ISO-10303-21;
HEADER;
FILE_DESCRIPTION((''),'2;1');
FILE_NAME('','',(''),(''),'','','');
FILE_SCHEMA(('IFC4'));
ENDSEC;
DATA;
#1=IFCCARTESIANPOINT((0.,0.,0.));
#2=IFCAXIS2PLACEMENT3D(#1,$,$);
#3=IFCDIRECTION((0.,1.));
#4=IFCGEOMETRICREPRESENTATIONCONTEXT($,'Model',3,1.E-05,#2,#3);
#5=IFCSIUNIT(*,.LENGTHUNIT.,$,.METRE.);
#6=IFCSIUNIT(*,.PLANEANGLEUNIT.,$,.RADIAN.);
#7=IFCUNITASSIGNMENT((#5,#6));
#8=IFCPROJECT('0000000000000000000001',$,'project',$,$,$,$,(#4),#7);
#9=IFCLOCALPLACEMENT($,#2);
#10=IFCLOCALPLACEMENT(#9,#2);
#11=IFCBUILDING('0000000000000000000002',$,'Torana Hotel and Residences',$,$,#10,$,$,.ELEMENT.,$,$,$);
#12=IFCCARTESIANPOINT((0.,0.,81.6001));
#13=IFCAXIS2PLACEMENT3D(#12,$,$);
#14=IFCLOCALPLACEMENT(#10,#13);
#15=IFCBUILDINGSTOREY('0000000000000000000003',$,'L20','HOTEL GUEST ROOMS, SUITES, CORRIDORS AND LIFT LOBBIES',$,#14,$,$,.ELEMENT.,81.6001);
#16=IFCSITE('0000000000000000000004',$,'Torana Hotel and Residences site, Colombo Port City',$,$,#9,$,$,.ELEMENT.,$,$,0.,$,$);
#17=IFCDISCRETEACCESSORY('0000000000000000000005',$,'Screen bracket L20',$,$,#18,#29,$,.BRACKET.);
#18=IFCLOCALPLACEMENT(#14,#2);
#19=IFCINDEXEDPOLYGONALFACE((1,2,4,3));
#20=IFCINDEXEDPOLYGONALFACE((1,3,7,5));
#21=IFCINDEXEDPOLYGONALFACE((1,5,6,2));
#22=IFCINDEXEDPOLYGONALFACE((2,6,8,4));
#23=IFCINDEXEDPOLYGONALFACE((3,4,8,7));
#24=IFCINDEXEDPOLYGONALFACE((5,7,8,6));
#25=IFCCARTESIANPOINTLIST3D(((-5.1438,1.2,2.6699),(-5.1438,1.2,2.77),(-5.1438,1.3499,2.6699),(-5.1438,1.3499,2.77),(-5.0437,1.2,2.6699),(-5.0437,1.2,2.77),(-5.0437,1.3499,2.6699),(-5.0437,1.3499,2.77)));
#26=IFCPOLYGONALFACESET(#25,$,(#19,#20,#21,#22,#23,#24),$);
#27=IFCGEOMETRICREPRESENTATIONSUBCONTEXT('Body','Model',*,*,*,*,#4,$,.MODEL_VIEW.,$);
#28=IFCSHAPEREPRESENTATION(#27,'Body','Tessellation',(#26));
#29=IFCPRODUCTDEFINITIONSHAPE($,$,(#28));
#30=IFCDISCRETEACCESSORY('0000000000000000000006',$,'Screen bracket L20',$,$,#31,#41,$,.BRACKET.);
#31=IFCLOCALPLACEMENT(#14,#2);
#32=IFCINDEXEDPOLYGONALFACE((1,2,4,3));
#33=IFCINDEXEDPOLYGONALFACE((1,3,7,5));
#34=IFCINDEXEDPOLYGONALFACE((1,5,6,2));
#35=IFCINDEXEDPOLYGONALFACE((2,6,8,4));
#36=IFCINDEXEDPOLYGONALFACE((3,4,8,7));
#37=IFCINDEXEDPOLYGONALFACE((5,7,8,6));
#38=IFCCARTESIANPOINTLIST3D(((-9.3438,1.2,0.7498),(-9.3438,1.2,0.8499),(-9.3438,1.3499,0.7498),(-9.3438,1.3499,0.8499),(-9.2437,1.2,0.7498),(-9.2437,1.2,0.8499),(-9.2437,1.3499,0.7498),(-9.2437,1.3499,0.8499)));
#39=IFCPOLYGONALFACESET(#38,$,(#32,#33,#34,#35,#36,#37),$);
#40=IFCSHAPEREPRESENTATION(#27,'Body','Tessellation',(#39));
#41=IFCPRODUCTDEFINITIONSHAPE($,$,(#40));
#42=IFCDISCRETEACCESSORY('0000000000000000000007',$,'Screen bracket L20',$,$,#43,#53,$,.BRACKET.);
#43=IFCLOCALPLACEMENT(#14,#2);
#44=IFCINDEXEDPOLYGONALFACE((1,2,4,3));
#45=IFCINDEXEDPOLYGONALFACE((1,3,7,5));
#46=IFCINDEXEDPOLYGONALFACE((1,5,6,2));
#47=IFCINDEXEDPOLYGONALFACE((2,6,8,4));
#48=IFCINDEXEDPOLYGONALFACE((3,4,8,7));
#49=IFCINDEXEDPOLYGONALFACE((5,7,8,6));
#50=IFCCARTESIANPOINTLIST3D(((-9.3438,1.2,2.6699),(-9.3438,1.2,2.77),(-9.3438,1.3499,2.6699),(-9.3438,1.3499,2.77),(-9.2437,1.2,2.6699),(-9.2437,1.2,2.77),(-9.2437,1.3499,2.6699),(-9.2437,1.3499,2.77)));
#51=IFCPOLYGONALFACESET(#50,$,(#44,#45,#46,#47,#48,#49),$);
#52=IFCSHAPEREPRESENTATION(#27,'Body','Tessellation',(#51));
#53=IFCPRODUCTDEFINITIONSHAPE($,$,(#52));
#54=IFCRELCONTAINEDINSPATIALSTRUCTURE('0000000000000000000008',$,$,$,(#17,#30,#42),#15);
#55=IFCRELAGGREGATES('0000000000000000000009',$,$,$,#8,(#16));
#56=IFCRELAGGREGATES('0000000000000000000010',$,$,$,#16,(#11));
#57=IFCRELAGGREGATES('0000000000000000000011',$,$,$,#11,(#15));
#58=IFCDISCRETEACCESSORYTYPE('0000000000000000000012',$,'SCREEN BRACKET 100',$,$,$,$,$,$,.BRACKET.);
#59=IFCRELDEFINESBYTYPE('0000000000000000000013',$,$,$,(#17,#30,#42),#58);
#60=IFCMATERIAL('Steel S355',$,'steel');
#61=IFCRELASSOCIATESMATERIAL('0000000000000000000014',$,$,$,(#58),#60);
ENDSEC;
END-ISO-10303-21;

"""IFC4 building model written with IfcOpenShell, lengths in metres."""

from ifc_helpers import new_model, si_unit, direction, frame, origin, origin_2d, place, context, subcontext, project, spatial, rectangle, extrude, material, type_object, element, save


model = new_model("IFC4")

# Units and contexts
model_context = context("Model", 3, precision=1e-05, world=origin(), true_north=direction((0.0, 1.0)))
body_context = subcontext(model_context, "Body", "Model", "MODEL_VIEW")
ifc_project = project(units=[si_unit("LENGTHUNIT", "METRE"), si_unit("PLANEANGLEUNIT", "RADIAN")], contexts=[model_context])

# Site, building, storey
site_placement = place(None, origin())
site = spatial("IfcSite", under=ifc_project, at=site_placement, Name="Torana Hotel and Residences site, Colombo Port City", CompositionType="ELEMENT", RefElevation=0.0)
building_placement = place(site_placement, origin())
building = spatial("IfcBuilding", under=site, at=building_placement, Name="Torana Hotel and Residences", CompositionType="ELEMENT")
storey_placement = place(building_placement, frame((0.0, 0.0, 81.6001)))
storey = spatial("IfcBuildingStorey", under=building, at=storey_placement, Name="L20", Description="HOTEL GUEST ROOMS, SUITES, CORRIDORS AND LIFT LOBBIES", CompositionType="ELEMENT", Elevation=81.6001)

# Discrete accessories
ifc_material_1 = material(Name="Steel S355", Category="steel")
discrete_accessory_type = type_object("IfcDiscreteAccessoryType", Name="SCREEN BRACKET 100", PredefinedType="BRACKET", material=ifc_material_1)
for number, where, z_axis, x_axis, name in (
    (1, (-5.0938, 1.2749, 2.6699), (0.0, 0.0, 1.0), (-1.0, 0.0, 0.0), "Screen bracket L20"),
    (2, (-9.2937, 1.2749, 0.7498), (0.0, 0.0, 1.0), (-1.0, 0.0, 0.0), "Screen bracket L20"),
    (3, (-9.2937, 1.2749, 2.6699), (0.0, 0.0, 1.0), (-1.0, 0.0, 0.0), "Screen bracket L20"),
):
    element("IfcDiscreteAccessory", number, at=place(storey_placement, frame(where, z_axis=z_axis, x_axis=x_axis)), inside=storey, type_object=discrete_accessory_type, Name=name, PredefinedType="BRACKET", context=body_context, shape_type="SweptSolid", body=[
        extrude(rectangle(XDim=0.1001, YDim=0.1499, at=origin_2d()), origin(), (0.0, 0.0, 1.0), 0.1001),
    ])

save(model, "model.ifc")
